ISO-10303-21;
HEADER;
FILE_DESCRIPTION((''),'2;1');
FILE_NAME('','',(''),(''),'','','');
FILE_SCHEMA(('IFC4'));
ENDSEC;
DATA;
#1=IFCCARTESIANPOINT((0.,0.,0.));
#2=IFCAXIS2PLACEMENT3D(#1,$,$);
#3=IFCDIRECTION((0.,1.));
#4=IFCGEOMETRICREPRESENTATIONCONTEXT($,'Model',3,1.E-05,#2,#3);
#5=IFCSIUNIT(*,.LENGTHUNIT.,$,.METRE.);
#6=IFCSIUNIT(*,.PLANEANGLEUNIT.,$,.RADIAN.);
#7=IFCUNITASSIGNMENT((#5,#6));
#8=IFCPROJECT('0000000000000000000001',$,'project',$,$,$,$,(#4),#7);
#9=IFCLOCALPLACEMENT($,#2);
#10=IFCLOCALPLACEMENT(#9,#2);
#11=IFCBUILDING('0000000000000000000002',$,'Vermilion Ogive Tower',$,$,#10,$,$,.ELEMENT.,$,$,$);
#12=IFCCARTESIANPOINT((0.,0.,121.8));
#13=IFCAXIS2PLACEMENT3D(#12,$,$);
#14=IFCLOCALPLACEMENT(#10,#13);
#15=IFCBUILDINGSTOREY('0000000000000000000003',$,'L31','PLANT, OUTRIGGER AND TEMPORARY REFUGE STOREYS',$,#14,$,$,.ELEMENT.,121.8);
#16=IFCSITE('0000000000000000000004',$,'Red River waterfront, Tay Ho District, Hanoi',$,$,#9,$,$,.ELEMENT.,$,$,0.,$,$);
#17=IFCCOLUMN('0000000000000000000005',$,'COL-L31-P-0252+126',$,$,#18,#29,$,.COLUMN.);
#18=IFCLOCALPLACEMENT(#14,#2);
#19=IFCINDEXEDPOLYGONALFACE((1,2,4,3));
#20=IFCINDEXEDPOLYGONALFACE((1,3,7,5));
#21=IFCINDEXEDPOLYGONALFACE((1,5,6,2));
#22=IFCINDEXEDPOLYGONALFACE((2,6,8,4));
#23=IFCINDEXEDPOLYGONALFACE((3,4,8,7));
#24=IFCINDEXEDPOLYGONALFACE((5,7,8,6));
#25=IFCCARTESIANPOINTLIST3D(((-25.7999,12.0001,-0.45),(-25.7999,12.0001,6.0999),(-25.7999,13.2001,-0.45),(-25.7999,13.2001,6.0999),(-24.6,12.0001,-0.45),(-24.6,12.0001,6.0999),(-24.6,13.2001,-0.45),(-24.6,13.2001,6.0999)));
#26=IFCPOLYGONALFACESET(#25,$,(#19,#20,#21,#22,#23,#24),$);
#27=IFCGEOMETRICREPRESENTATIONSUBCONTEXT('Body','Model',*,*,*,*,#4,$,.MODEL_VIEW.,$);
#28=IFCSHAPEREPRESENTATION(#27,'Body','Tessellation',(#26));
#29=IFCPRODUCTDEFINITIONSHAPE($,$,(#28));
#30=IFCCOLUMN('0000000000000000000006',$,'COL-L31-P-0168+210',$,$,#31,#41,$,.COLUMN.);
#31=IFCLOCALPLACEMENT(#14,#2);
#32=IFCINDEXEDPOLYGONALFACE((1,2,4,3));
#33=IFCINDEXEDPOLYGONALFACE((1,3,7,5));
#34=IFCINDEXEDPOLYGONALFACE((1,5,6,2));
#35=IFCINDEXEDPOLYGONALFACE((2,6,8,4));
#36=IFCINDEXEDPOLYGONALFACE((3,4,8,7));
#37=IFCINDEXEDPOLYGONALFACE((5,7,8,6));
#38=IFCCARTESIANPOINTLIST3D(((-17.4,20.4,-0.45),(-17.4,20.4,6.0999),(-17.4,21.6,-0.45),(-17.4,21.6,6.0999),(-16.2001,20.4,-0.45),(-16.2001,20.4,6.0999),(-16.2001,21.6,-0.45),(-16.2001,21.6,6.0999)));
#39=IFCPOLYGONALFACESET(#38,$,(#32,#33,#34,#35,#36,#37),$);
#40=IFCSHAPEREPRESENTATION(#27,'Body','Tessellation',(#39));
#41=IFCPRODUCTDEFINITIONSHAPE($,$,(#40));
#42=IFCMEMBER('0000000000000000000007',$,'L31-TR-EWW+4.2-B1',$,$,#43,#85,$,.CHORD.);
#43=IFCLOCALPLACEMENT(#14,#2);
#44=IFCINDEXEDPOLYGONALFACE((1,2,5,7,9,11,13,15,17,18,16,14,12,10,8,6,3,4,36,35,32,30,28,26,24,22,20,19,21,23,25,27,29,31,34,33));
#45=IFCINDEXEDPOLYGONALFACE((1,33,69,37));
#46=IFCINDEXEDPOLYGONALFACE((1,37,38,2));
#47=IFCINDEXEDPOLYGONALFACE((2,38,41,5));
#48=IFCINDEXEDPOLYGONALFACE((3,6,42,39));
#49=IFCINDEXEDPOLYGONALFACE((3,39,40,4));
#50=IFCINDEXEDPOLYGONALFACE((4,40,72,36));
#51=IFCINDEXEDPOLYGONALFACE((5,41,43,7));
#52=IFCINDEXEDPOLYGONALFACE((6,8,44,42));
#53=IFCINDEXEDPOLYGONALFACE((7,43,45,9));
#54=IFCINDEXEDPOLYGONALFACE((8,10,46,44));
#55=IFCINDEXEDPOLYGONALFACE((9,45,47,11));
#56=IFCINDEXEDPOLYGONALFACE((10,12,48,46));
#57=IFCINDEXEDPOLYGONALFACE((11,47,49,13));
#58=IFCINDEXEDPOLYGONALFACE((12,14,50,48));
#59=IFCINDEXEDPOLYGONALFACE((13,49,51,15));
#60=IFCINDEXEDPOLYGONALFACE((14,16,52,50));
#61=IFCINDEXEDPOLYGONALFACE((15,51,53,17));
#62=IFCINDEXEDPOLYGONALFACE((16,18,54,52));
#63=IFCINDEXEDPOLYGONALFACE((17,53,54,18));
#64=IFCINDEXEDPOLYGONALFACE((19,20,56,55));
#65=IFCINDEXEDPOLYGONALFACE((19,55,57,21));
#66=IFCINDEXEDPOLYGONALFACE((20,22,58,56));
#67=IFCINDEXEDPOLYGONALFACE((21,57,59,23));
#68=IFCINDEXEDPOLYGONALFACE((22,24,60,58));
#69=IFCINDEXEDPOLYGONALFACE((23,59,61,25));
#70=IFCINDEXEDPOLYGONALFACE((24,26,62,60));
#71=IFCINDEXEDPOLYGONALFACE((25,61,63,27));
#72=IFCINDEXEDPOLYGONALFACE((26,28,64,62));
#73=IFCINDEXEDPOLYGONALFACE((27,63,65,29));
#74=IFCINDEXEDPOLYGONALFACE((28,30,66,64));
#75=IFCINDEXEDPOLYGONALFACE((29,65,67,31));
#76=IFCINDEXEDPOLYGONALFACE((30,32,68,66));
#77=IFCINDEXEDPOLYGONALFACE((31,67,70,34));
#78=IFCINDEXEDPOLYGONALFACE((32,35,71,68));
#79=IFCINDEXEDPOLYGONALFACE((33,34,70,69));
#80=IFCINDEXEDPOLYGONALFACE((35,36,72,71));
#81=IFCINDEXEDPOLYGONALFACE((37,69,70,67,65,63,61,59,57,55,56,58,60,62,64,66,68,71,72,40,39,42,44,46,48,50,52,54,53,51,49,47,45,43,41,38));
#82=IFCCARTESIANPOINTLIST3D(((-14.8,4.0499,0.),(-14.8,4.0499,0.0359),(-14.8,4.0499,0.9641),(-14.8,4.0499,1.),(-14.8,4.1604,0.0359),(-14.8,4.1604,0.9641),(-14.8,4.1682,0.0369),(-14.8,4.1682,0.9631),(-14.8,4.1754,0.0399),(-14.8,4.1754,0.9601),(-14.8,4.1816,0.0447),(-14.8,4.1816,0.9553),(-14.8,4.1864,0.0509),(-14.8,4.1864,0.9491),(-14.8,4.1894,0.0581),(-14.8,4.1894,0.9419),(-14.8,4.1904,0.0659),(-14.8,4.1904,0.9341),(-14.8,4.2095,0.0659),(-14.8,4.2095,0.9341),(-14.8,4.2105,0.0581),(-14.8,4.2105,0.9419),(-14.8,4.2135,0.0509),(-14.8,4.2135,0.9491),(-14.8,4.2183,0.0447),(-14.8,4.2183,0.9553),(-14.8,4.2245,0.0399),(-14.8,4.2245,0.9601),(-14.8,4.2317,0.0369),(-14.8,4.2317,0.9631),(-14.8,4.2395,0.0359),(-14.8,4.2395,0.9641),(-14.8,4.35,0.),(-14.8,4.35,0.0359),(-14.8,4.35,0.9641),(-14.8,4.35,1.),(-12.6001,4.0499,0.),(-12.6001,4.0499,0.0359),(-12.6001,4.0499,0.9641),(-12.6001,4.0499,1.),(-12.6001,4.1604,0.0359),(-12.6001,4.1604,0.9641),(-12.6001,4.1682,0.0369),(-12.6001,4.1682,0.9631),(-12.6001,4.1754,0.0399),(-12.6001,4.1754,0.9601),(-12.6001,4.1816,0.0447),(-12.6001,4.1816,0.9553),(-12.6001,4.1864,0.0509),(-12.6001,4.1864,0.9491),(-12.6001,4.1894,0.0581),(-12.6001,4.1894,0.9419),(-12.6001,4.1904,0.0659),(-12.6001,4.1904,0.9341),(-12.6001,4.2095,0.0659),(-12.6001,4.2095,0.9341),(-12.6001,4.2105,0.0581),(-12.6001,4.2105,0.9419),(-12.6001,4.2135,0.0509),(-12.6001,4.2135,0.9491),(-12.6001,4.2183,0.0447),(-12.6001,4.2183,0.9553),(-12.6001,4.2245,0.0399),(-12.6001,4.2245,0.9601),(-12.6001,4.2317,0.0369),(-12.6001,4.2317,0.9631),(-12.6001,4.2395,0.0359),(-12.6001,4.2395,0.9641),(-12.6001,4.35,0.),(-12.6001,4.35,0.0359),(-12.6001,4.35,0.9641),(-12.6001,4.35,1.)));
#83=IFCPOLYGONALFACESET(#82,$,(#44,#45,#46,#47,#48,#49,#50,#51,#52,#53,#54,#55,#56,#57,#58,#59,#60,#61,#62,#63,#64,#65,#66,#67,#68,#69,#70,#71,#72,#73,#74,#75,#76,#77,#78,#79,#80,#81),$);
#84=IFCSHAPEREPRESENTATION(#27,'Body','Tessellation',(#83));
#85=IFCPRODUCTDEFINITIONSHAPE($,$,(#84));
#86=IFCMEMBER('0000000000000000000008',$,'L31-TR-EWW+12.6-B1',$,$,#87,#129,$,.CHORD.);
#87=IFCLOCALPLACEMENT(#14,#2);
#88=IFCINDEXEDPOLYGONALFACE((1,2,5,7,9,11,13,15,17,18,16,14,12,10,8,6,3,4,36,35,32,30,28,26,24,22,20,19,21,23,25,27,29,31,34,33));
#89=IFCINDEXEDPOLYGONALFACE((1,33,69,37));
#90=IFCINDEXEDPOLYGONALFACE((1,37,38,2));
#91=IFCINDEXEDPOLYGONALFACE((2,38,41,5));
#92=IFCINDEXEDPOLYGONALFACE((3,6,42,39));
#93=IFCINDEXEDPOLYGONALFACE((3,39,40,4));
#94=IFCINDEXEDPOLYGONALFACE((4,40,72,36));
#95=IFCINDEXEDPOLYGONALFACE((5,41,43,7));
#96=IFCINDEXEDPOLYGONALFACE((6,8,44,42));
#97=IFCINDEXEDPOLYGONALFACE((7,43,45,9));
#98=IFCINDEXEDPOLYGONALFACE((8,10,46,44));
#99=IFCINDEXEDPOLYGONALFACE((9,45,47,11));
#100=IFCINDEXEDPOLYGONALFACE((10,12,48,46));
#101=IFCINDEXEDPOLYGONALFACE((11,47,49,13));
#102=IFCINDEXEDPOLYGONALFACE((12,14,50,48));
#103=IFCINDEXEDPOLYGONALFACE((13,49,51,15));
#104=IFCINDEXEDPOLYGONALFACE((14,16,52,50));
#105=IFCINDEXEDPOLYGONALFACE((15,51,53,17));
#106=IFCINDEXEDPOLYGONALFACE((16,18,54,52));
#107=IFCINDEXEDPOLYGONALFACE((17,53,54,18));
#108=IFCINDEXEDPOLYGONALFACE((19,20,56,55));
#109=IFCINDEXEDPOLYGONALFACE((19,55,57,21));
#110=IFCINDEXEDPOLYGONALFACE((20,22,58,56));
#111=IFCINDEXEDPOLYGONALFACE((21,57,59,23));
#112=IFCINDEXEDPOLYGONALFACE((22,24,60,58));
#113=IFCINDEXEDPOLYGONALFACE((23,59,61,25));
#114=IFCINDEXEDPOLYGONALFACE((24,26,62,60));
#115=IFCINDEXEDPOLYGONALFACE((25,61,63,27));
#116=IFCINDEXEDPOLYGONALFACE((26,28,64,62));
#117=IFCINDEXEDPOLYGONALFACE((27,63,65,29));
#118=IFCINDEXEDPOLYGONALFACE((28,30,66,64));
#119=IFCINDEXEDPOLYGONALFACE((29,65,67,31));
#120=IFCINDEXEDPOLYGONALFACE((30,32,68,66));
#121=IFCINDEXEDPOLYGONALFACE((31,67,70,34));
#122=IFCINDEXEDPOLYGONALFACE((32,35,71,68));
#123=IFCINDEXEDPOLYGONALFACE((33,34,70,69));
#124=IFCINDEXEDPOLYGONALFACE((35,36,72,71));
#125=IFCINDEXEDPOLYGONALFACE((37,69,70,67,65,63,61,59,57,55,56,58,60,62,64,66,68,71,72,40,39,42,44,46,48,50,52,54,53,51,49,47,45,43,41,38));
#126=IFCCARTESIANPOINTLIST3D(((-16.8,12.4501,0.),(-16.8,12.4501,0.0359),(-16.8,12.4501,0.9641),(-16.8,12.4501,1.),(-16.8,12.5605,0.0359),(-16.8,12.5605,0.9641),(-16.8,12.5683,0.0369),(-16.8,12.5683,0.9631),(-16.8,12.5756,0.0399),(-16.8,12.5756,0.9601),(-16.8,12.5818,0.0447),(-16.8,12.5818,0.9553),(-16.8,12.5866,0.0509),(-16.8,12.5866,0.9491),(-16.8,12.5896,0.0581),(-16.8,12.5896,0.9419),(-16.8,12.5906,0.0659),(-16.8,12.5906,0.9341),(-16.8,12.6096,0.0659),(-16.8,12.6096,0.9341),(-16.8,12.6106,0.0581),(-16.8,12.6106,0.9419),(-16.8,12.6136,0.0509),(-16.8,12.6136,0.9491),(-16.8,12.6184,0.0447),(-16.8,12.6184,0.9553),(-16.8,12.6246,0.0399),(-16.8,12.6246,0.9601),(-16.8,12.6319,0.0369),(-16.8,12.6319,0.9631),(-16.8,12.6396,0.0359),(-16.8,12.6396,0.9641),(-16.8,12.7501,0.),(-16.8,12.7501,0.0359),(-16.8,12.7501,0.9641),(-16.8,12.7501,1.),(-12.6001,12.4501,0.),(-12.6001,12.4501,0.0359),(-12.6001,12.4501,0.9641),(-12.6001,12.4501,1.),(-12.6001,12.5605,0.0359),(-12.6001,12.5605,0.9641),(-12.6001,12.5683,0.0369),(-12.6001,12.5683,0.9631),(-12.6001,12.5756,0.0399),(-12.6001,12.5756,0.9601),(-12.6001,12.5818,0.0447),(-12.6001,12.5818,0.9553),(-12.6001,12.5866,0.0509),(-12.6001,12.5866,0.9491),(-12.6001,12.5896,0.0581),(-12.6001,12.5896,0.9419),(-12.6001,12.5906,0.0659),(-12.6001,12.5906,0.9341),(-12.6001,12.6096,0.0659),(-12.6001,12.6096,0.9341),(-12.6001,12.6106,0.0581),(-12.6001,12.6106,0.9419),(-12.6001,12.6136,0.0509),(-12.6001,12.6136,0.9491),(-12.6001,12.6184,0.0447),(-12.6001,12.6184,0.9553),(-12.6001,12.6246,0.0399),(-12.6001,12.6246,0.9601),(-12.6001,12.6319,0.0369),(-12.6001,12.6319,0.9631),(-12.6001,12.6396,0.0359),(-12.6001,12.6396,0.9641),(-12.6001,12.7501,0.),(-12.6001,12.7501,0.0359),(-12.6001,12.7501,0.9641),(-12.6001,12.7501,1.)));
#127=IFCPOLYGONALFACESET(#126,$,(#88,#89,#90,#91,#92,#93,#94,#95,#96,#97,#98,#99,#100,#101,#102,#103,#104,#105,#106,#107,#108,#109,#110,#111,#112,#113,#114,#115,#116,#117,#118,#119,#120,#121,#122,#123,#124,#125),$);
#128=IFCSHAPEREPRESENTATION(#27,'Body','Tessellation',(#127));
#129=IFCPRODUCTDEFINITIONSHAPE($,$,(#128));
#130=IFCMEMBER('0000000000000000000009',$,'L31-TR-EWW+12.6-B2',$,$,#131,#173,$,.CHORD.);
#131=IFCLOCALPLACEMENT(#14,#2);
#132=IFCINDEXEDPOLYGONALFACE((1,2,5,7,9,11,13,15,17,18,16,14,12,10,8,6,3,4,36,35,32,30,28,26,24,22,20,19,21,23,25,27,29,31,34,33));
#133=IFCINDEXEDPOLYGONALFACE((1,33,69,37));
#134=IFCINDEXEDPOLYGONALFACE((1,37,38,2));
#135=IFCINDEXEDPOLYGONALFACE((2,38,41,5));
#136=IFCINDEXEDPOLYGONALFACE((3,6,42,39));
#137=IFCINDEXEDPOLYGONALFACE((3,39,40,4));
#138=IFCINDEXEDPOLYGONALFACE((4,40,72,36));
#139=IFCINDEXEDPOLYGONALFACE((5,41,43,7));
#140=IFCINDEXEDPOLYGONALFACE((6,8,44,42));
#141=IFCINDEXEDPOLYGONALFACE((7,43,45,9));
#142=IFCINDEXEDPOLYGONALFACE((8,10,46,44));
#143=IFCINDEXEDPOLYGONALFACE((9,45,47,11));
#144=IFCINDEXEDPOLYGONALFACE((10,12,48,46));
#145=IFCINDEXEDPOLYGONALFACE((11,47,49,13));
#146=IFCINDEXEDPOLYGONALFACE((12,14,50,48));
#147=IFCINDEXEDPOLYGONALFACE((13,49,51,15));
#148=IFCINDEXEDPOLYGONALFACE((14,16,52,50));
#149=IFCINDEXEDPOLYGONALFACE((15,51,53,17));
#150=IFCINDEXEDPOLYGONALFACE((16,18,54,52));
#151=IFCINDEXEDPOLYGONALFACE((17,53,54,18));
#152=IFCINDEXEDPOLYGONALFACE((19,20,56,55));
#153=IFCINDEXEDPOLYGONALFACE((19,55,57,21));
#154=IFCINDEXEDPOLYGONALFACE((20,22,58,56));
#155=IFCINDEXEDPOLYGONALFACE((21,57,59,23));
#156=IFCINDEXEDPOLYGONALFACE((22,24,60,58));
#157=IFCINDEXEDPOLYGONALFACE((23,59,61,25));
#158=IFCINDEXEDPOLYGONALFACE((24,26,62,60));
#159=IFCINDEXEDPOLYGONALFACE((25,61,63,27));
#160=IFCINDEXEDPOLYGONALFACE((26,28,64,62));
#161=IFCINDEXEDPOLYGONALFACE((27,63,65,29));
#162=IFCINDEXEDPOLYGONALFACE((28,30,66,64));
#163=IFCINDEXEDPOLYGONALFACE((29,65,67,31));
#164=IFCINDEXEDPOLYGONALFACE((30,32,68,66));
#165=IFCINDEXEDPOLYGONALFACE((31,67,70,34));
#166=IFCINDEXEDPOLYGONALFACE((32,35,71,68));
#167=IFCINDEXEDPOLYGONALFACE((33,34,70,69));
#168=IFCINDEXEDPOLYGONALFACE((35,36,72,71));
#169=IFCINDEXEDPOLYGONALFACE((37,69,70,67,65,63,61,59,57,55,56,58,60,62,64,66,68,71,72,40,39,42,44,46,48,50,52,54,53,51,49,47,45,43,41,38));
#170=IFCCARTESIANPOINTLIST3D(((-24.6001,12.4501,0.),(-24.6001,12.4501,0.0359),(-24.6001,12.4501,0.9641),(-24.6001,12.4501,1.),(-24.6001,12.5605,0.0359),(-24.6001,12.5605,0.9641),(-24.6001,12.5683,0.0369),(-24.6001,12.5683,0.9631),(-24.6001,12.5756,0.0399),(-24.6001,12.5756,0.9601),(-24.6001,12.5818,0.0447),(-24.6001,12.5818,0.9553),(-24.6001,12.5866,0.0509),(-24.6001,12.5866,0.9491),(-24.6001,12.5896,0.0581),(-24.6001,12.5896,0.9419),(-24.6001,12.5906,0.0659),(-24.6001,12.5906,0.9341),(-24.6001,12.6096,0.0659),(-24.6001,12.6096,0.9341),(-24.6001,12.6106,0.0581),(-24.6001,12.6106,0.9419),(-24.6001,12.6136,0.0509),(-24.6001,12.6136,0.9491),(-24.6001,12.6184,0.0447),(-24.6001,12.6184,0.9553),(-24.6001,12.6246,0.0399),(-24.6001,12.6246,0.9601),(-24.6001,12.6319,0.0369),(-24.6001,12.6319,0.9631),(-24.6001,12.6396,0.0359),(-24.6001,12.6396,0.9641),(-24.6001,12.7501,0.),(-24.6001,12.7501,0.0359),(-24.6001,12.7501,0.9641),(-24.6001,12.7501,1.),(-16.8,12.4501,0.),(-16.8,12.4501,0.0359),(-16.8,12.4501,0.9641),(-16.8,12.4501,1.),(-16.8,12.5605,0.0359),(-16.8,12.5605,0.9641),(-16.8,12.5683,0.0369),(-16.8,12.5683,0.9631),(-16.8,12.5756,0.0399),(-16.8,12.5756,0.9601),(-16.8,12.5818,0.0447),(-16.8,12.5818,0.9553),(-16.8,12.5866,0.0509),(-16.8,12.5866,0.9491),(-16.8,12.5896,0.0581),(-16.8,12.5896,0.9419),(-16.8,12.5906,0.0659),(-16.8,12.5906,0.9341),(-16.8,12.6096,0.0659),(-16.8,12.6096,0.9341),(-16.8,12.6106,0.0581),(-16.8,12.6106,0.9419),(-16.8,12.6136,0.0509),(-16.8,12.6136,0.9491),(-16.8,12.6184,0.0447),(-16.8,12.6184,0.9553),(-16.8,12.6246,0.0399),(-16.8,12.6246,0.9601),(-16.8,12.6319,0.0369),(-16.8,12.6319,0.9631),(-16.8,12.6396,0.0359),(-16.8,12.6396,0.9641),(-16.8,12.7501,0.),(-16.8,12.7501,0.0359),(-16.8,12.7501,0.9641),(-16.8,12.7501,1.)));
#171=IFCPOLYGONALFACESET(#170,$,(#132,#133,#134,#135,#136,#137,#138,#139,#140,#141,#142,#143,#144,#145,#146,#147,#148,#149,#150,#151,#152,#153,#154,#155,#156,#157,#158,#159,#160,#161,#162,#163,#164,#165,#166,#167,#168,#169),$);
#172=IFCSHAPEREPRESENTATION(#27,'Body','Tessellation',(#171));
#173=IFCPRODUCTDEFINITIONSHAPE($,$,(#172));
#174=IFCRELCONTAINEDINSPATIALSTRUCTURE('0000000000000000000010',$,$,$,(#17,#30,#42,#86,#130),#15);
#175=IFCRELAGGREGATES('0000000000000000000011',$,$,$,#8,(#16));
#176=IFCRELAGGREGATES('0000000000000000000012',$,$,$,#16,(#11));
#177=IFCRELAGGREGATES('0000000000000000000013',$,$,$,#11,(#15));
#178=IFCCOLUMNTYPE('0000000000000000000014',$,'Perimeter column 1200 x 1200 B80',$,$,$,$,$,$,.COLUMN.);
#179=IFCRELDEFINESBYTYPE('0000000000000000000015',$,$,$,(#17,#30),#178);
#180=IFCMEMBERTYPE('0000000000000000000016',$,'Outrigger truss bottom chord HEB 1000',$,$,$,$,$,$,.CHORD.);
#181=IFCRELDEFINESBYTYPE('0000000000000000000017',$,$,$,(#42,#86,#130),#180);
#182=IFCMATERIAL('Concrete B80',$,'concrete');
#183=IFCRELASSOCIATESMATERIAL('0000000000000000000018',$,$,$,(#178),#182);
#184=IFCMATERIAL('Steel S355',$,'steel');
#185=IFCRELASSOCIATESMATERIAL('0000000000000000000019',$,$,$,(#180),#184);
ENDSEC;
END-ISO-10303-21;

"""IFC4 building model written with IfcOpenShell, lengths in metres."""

from ifc_helpers import new_model, si_unit, direction, frame, origin, origin_2d, place, context, subcontext, project, spatial, rectangle, i_section, extrude, material, material_profile, profile_set, type_object, element, save


model = new_model("IFC4")

# Units and contexts
model_context = context("Model", 3, precision=1e-05, world=origin(), true_north=direction((0.0, 1.0)))
body_context = subcontext(model_context, "Body", "Model", "MODEL_VIEW")
ifc_project = project(units=[si_unit("LENGTHUNIT", "METRE"), si_unit("PLANEANGLEUNIT", "RADIAN")], contexts=[model_context])

# Site, building, storey
site_placement = place(None, origin())
site = spatial("IfcSite", under=ifc_project, at=site_placement, Name="Red River waterfront, Tay Ho District, Hanoi", CompositionType="ELEMENT", RefElevation=0.0)
building_placement = place(site_placement, origin())
building = spatial("IfcBuilding", under=site, at=building_placement, Name="Vermilion Ogive Tower", CompositionType="ELEMENT")
storey_placement = place(building_placement, frame((0.0, 0.0, 121.8)))
storey = spatial("IfcBuildingStorey", under=building, at=storey_placement, Name="L31", Description="PLANT, OUTRIGGER AND TEMPORARY REFUGE STOREYS", CompositionType="ELEMENT", Elevation=121.8)

# Columns
ifc_material_1 = material(Name="Concrete B80", Category="concrete")
ifc_material_profile_1 = material_profile(ifc_material_1, rectangle(XDim=1.2, YDim=1.2, at=origin_2d()), Name="1200 x 1200")
ifc_profile_set_1 = profile_set([ifc_material_profile_1], Name="Concrete B80")
column_type = type_object("IfcColumnType", Name="Perimeter column 1200 x 1200 B80", PredefinedType="COLUMN", material=ifc_profile_set_1)
for number, where, z_axis, x_axis, name in (
    (1, (-25.2, 12.6001, -0.45), (0.0, 0.0, 1.0), (1.0, 0.0, 0.0), "COL-L31-P-0252+126"),
    (2, (-16.8, 21.0, -0.45), (0.0, 0.0, 1.0), (1.0, 0.0, 0.0), "COL-L31-P-0168+210"),
):
    element("IfcColumn", number, at=place(storey_placement, frame(where, z_axis=z_axis, x_axis=x_axis)), inside=storey, type_object=column_type, Name=name, PredefinedType="COLUMN", context=body_context, shape_type="SweptSolid", body=[
        extrude(rectangle(XDim=1.2, YDim=1.2, at=origin_2d()), origin(), (0.0, 0.0, 1.0), 6.5498),
    ])

# Members
ifc_material_2 = material(Name="Steel S355", Category="steel")
ifc_material_profile_2 = material_profile(ifc_material_2, i_section(OverallWidth=0.3, OverallDepth=1.0, WebThickness=0.019, FlangeThickness=0.0359, FilletRadius=0.03, at=origin_2d()), Name="HEB 1000")
ifc_profile_set_2 = profile_set([ifc_material_profile_2], Name="Steel S355")
member_type_1 = type_object("IfcMemberType", Name="Outrigger truss bottom chord HEB 1000", PredefinedType="CHORD", material=ifc_profile_set_2)
member_1_placement = place(storey_placement, frame((-12.6001, 4.2, 0.5), z_axis=(-1.0, 0.0, 0.0), x_axis=(0.0, -1.0, 0.0)))
element("IfcMember", 3, at=member_1_placement, inside=storey, type_object=member_type_1, Name="L31-TR-EWW+4.2-B1", PredefinedType="CHORD", context=body_context, shape_type="SweptSolid", body=[
    extrude(i_section(OverallWidth=0.3, OverallDepth=1.0, WebThickness=0.019, FlangeThickness=0.0359, FilletRadius=0.03, at=origin_2d()), origin(), (0.0, 0.0, 1.0), 2.2),
])
member_2_placement = place(storey_placement, frame((-12.6001, 12.6001, 0.5), z_axis=(-1.0, 0.0, 0.0), x_axis=(0.0, -1.0, 0.0)))
element("IfcMember", 4, at=member_2_placement, inside=storey, type_object=member_type_1, Name="L31-TR-EWW+12.6-B1", PredefinedType="CHORD", context=body_context, shape_type="SweptSolid", body=[
    extrude(i_section(OverallWidth=0.3, OverallDepth=1.0, WebThickness=0.019, FlangeThickness=0.0359, FilletRadius=0.03, at=origin_2d()), origin(), (0.0, 0.0, 1.0), 4.2),
])
member_3_placement = place(storey_placement, frame((-16.8, 12.6001, 0.5), z_axis=(-1.0, 0.0, 0.0), x_axis=(0.0, -1.0, 0.0)))
element("IfcMember", 5, at=member_3_placement, inside=storey, type_object=member_type_1, Name="L31-TR-EWW+12.6-B2", PredefinedType="CHORD", context=body_context, shape_type="SweptSolid", body=[
    extrude(i_section(OverallWidth=0.3, OverallDepth=1.0, WebThickness=0.019, FlangeThickness=0.0359, FilletRadius=0.03, at=origin_2d()), origin(), (0.0, 0.0, 1.0), 7.8),
])

save(model, "model.ifc")
